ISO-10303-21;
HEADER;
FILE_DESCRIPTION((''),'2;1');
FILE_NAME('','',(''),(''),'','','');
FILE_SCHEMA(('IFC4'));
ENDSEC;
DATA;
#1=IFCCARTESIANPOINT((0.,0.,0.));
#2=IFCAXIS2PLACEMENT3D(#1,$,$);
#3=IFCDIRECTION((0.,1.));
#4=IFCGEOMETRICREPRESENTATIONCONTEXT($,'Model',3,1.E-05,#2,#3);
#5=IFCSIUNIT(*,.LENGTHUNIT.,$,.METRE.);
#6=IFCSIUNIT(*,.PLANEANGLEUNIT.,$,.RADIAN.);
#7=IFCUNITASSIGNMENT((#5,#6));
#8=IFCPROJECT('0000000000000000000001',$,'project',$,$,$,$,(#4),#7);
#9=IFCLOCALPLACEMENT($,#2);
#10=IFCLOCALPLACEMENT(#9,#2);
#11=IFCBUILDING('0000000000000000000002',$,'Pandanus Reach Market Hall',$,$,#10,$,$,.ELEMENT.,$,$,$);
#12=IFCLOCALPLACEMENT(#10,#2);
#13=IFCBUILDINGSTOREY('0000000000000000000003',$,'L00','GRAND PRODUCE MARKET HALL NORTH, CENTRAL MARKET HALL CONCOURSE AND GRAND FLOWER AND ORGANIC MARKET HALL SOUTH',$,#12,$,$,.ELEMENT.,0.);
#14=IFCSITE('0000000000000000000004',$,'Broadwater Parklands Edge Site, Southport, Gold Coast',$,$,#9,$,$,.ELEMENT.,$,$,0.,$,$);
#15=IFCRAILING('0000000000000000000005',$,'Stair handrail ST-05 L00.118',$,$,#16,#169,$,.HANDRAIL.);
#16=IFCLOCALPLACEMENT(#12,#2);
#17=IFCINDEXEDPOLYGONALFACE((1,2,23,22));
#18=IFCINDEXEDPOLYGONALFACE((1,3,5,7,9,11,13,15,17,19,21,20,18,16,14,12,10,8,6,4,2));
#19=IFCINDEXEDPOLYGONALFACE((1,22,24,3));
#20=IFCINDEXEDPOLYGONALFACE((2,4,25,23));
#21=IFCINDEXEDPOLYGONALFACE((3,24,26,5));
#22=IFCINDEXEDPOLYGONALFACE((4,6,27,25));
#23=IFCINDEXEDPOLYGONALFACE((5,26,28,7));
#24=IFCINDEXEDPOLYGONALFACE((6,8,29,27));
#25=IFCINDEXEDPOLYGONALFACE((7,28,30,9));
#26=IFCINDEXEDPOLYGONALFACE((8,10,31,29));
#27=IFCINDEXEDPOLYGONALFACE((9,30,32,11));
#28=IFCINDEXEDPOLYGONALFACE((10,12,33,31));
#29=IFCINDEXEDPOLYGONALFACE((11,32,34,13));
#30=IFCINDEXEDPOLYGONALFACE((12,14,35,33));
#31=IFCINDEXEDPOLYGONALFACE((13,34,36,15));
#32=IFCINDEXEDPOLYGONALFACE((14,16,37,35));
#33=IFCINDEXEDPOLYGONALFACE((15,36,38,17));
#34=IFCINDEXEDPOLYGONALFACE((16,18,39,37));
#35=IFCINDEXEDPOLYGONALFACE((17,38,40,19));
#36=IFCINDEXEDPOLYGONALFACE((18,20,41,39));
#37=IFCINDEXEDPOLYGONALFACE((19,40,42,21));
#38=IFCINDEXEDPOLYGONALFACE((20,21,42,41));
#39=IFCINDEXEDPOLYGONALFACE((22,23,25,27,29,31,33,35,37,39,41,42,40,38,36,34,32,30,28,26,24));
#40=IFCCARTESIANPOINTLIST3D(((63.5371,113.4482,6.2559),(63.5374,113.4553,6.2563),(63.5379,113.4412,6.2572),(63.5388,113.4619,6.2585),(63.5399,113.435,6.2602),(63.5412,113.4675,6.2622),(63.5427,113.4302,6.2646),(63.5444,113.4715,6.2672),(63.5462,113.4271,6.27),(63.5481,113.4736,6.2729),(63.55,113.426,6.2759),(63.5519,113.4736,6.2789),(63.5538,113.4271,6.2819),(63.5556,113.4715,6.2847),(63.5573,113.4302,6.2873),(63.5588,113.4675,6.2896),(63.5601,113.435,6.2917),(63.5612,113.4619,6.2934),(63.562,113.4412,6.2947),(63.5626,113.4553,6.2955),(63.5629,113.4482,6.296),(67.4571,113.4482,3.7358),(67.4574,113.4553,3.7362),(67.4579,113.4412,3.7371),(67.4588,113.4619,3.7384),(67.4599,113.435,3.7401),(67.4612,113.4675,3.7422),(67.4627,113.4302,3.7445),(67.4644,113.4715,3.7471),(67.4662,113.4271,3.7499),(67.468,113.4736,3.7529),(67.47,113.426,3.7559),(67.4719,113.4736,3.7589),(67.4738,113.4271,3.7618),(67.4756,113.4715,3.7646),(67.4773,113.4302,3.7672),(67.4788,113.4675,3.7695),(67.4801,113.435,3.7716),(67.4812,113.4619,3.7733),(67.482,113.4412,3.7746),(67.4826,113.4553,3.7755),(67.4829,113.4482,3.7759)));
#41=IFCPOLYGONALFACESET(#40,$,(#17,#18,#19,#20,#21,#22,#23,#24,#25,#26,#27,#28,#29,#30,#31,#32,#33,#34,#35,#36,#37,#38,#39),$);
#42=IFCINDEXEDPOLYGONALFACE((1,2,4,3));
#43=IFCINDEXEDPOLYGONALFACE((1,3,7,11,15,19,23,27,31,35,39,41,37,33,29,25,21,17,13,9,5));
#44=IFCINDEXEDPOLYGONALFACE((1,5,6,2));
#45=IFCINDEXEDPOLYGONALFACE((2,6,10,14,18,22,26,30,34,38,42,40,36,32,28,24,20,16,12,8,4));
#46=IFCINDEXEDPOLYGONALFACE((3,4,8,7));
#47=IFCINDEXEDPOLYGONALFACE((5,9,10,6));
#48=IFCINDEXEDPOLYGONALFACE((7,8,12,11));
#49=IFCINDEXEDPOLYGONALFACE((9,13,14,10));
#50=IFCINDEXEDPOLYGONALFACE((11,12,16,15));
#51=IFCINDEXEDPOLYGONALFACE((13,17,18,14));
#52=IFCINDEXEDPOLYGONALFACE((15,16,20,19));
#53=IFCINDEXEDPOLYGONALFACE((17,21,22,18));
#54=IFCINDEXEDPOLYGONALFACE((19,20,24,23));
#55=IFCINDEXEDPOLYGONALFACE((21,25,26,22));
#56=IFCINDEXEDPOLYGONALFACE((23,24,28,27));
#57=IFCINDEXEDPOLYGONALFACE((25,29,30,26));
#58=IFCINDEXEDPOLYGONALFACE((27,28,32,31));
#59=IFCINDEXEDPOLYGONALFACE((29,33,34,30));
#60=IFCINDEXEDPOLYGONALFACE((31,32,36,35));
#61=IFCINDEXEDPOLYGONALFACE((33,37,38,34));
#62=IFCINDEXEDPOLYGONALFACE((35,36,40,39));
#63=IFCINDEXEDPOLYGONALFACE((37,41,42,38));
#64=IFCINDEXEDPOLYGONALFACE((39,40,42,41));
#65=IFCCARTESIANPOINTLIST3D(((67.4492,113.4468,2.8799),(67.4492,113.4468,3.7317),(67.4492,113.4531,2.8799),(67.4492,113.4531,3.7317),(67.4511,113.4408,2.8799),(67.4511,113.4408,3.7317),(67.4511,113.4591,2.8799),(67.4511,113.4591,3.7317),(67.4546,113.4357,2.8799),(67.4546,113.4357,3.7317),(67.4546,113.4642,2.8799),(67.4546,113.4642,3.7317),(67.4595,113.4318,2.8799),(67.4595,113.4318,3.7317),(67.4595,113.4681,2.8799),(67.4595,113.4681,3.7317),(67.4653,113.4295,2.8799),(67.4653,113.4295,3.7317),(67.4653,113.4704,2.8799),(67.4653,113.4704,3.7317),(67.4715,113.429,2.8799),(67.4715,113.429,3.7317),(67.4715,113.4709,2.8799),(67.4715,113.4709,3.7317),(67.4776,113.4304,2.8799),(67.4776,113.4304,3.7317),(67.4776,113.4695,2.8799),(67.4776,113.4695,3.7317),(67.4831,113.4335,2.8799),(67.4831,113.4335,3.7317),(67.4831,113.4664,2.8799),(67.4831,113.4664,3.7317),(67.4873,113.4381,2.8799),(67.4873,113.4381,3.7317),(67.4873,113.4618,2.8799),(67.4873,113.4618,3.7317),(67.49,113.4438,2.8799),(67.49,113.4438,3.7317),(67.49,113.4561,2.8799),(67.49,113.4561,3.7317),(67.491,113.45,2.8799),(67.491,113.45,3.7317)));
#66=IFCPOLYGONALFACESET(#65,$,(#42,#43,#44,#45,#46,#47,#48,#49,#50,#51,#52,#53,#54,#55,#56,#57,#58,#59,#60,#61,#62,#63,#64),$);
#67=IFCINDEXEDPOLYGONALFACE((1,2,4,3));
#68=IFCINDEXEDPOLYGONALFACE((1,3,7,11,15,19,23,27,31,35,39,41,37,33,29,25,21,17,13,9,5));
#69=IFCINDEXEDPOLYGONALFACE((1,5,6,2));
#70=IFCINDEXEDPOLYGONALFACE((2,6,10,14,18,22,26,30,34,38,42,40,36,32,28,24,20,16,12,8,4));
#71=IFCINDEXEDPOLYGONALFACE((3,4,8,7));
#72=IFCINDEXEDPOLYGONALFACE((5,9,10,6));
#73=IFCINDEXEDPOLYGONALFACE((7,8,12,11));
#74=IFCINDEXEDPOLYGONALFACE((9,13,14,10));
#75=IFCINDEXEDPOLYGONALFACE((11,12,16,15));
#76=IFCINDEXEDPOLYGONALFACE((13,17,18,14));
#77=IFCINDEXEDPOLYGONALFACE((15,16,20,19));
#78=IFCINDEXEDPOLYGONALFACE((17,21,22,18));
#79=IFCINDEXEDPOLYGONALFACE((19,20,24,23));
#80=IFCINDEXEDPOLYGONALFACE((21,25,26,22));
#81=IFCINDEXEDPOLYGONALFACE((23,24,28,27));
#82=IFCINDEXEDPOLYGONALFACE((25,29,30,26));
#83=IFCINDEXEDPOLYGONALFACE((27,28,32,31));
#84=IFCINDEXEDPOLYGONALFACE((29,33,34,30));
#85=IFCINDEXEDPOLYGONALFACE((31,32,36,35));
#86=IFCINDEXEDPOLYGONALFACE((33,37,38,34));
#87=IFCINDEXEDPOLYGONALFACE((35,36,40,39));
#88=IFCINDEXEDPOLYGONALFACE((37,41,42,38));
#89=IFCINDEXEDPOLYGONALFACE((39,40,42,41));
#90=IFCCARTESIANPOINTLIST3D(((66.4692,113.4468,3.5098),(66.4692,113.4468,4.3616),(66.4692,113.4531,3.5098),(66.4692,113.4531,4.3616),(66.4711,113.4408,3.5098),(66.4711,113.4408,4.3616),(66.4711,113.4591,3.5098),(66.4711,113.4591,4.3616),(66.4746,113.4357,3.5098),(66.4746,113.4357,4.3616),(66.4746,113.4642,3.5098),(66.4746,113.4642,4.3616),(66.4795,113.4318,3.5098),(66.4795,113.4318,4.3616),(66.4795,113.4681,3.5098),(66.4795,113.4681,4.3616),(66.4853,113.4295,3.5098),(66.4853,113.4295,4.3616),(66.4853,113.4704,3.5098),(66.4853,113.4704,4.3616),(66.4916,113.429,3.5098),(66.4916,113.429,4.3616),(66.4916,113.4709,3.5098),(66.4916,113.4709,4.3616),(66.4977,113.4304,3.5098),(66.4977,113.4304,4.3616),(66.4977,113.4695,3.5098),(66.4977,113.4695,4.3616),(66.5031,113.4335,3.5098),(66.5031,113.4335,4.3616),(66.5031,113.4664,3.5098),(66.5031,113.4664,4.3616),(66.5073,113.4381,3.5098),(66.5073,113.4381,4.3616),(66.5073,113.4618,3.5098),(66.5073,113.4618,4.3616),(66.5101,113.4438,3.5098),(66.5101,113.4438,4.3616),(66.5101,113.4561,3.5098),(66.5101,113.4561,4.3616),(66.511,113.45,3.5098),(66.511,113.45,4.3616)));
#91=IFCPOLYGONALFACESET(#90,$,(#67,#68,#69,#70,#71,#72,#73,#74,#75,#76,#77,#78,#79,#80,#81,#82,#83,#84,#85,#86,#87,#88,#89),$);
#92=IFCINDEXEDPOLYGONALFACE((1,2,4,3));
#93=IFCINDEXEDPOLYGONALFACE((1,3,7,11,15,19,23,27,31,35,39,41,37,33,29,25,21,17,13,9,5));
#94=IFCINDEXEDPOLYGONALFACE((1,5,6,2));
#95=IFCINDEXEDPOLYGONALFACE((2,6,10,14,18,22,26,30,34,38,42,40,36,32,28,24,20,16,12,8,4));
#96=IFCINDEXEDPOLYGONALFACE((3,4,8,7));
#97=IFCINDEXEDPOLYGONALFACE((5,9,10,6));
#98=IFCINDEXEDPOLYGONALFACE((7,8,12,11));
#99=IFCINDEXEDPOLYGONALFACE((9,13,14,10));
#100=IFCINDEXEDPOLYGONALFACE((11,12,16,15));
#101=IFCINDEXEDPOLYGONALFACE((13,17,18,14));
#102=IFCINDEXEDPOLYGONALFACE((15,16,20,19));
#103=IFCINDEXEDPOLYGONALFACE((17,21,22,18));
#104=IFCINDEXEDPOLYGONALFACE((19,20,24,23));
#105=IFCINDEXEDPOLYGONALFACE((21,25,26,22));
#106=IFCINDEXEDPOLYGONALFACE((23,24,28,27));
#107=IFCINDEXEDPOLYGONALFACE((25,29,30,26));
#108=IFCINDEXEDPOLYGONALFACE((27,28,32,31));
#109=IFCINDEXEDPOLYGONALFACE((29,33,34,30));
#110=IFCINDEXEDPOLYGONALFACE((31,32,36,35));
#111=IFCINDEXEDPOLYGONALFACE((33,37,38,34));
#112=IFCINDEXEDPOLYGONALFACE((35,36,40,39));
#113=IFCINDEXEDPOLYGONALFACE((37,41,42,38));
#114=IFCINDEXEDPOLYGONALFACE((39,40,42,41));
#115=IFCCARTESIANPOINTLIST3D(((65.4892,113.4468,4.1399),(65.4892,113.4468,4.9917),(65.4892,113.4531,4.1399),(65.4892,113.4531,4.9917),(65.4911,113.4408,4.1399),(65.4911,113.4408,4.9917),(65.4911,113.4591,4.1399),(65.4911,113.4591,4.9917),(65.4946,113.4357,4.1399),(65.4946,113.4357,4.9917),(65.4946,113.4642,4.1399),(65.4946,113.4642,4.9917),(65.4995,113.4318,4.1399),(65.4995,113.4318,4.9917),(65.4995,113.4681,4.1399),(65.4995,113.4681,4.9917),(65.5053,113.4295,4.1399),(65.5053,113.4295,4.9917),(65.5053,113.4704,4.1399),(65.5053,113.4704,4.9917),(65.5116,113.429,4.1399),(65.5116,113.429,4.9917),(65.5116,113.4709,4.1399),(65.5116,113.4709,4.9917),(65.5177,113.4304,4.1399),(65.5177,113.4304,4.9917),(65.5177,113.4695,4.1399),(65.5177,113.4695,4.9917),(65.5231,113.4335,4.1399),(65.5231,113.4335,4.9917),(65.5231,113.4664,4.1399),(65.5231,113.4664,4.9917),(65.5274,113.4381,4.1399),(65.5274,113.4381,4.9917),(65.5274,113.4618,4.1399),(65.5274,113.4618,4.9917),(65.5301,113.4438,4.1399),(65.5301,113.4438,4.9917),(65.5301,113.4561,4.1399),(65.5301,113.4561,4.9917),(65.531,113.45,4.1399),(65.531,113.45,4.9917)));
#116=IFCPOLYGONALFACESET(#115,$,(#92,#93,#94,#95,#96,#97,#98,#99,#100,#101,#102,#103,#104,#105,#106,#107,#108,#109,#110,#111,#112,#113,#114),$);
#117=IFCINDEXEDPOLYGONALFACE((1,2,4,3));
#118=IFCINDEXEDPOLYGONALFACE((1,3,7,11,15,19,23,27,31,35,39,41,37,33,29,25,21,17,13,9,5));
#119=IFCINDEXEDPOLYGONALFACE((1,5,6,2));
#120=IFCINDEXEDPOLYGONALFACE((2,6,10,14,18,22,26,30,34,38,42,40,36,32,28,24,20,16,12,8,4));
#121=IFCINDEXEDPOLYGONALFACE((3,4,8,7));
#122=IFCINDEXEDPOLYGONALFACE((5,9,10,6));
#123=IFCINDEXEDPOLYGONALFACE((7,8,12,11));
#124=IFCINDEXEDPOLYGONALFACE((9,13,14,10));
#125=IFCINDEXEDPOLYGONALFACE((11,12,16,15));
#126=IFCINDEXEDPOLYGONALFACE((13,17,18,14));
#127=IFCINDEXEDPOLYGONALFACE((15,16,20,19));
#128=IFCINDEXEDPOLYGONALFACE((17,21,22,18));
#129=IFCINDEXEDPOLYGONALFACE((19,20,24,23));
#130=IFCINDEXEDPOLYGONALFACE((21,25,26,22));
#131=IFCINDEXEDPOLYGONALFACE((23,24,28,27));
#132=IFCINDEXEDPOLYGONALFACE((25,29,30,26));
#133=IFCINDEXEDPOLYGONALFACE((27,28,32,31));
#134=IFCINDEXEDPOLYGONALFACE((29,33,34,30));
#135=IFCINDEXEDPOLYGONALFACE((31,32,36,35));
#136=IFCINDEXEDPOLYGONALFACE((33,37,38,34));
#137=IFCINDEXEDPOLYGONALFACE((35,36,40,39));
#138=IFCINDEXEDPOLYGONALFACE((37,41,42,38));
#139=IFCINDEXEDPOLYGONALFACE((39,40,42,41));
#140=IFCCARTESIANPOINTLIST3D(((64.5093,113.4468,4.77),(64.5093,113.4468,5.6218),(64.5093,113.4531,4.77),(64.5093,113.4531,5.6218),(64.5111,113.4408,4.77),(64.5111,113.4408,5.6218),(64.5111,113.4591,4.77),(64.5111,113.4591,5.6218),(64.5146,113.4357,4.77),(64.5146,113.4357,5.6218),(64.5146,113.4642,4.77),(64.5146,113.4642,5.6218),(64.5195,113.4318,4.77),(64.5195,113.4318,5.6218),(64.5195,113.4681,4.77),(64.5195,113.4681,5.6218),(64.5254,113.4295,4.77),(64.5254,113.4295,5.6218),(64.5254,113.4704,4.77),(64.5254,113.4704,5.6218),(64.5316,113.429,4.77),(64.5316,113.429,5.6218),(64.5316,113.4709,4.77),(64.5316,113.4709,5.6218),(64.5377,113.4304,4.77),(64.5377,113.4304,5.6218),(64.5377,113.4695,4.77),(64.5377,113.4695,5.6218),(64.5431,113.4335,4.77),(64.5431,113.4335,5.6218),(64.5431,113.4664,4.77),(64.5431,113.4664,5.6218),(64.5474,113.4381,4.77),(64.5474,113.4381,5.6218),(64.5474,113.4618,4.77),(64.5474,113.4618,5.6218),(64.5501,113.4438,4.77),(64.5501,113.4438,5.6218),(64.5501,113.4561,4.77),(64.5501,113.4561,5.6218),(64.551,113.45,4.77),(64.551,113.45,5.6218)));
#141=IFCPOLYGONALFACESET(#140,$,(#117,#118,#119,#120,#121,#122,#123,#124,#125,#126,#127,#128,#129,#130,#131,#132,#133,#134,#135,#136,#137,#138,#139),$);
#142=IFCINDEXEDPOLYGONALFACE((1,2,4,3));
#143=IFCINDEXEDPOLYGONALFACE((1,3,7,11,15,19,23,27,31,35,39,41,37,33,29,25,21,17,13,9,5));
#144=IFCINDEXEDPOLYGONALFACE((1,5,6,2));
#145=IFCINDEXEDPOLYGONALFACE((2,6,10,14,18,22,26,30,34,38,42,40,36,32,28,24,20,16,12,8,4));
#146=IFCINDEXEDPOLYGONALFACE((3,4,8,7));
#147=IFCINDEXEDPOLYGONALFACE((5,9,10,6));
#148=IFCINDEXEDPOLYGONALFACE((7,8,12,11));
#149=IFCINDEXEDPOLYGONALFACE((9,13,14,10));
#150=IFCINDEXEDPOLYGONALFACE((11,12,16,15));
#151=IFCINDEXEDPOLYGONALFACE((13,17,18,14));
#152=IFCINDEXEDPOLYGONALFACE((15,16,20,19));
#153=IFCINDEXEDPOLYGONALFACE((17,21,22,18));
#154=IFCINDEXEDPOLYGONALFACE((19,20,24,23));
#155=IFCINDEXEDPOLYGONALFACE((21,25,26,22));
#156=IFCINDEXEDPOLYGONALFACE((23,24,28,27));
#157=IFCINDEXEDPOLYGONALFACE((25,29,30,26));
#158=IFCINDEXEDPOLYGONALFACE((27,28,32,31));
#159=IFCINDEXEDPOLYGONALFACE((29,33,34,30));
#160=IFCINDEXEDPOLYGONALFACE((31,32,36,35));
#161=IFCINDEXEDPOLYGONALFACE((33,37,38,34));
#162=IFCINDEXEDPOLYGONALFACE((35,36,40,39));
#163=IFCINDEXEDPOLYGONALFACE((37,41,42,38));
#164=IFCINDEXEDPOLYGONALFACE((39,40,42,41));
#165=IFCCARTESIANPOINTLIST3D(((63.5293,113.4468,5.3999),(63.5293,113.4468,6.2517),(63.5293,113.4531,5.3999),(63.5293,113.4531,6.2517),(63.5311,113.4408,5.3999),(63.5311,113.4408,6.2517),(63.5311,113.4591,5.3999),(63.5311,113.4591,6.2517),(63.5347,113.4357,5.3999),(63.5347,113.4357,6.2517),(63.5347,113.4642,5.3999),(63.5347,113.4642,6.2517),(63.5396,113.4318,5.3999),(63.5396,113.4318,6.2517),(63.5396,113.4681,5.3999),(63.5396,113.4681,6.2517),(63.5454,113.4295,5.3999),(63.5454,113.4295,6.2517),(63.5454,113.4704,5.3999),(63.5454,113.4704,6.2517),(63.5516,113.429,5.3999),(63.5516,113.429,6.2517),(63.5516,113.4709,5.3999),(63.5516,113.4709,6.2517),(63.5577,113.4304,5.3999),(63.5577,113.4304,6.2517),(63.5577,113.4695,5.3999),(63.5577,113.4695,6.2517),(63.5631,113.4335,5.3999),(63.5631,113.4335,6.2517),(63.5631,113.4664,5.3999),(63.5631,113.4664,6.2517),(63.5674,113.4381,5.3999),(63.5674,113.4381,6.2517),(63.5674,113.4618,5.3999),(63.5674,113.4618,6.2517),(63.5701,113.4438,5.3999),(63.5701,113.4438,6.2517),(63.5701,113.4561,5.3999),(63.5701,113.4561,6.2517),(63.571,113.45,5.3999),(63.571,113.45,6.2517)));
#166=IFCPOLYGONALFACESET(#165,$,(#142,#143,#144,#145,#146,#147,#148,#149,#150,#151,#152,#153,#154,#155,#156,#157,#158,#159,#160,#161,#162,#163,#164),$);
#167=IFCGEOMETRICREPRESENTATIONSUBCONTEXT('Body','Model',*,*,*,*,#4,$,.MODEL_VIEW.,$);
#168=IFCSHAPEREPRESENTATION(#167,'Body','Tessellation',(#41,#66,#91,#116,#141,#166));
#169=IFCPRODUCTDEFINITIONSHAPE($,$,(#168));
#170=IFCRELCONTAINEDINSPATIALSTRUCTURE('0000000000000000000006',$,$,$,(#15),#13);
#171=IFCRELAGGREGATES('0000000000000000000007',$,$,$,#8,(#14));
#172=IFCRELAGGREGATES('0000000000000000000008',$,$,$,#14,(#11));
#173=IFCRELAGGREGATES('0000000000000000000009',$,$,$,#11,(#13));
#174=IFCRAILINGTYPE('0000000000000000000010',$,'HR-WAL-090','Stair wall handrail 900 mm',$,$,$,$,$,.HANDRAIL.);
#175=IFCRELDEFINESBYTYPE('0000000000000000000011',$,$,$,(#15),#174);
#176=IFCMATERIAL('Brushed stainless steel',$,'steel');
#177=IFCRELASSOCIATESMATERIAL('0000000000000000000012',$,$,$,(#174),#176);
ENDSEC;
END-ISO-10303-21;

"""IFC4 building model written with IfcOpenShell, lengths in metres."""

from ifc_helpers import new_model, si_unit, direction, frame, origin, origin_2d, place, context, subcontext, project, spatial, circle, extrude, material, type_object, element, save


model = new_model("IFC4")

# Units and contexts
model_context = context("Model", 3, precision=1e-05, world=origin(), true_north=direction((0.0, 1.0)))
body_context = subcontext(model_context, "Body", "Model", "MODEL_VIEW")
ifc_project = project(units=[si_unit("LENGTHUNIT", "METRE"), si_unit("PLANEANGLEUNIT", "RADIAN")], contexts=[model_context])

# Site, building, storey
site_placement = place(None, origin())
site = spatial("IfcSite", under=ifc_project, at=site_placement, Name="Broadwater Parklands Edge Site, Southport, Gold Coast", CompositionType="ELEMENT", RefElevation=0.0)
building_placement = place(site_placement, origin())
building = spatial("IfcBuilding", under=site, at=building_placement, Name="Pandanus Reach Market Hall", CompositionType="ELEMENT")
storey_placement = place(building_placement, origin())
storey = spatial("IfcBuildingStorey", under=building, at=storey_placement, Name="L00", Description="GRAND PRODUCE MARKET HALL NORTH, CENTRAL MARKET HALL CONCOURSE AND GRAND FLOWER AND ORGANIC MARKET HALL SOUTH", CompositionType="ELEMENT", Elevation=0.0)

# Railing
ifc_material_1 = material(Name="Brushed stainless steel", Category="steel")
railing_type_1 = type_object("IfcRailingType", Name="HR-WAL-090", Description="Stair wall handrail 900 mm", PredefinedType="HANDRAIL", material=ifc_material_1)
railing_1_placement = place(storey_placement, frame((67.47, 113.45, 2.8799)))
element("IfcRailing", 1, at=railing_1_placement, inside=storey, type_object=railing_type_1, Name="Stair handrail ST-05 L00.118", PredefinedType="HANDRAIL", context=body_context, shape_type="SweptSolid", body=[
    extrude(circle(Radius=0.0239, at=origin_2d()), frame((0.0, 0.0, 0.876), z_axis=(-0.841172, 0.0, 0.540768), x_axis=(0.0, -1.0, 0.0)), (0.0, 0.0, 1.0), 4.6602),
    extrude(circle(Radius=0.021, at=origin_2d()), origin(), (0.0, 0.0, 1.0), 0.8518),
    extrude(circle(Radius=0.021, at=origin_2d()), frame((-0.98, 0.0, 0.6299)), (0.0, 0.0, 1.0), 0.8518),
    extrude(circle(Radius=0.021, at=origin_2d()), frame((-1.96, 0.0, 1.26)), (0.0, 0.0, 1.0), 0.8518),
    extrude(circle(Radius=0.021, at=origin_2d()), frame((-2.9399, 0.0, 1.8901)), (0.0, 0.0, 1.0), 0.8518),
    extrude(circle(Radius=0.021, at=origin_2d()), frame((-3.9199, 0.0, 2.52)), (0.0, 0.0, 1.0), 0.8518),
])

save(model, "model.ifc")
